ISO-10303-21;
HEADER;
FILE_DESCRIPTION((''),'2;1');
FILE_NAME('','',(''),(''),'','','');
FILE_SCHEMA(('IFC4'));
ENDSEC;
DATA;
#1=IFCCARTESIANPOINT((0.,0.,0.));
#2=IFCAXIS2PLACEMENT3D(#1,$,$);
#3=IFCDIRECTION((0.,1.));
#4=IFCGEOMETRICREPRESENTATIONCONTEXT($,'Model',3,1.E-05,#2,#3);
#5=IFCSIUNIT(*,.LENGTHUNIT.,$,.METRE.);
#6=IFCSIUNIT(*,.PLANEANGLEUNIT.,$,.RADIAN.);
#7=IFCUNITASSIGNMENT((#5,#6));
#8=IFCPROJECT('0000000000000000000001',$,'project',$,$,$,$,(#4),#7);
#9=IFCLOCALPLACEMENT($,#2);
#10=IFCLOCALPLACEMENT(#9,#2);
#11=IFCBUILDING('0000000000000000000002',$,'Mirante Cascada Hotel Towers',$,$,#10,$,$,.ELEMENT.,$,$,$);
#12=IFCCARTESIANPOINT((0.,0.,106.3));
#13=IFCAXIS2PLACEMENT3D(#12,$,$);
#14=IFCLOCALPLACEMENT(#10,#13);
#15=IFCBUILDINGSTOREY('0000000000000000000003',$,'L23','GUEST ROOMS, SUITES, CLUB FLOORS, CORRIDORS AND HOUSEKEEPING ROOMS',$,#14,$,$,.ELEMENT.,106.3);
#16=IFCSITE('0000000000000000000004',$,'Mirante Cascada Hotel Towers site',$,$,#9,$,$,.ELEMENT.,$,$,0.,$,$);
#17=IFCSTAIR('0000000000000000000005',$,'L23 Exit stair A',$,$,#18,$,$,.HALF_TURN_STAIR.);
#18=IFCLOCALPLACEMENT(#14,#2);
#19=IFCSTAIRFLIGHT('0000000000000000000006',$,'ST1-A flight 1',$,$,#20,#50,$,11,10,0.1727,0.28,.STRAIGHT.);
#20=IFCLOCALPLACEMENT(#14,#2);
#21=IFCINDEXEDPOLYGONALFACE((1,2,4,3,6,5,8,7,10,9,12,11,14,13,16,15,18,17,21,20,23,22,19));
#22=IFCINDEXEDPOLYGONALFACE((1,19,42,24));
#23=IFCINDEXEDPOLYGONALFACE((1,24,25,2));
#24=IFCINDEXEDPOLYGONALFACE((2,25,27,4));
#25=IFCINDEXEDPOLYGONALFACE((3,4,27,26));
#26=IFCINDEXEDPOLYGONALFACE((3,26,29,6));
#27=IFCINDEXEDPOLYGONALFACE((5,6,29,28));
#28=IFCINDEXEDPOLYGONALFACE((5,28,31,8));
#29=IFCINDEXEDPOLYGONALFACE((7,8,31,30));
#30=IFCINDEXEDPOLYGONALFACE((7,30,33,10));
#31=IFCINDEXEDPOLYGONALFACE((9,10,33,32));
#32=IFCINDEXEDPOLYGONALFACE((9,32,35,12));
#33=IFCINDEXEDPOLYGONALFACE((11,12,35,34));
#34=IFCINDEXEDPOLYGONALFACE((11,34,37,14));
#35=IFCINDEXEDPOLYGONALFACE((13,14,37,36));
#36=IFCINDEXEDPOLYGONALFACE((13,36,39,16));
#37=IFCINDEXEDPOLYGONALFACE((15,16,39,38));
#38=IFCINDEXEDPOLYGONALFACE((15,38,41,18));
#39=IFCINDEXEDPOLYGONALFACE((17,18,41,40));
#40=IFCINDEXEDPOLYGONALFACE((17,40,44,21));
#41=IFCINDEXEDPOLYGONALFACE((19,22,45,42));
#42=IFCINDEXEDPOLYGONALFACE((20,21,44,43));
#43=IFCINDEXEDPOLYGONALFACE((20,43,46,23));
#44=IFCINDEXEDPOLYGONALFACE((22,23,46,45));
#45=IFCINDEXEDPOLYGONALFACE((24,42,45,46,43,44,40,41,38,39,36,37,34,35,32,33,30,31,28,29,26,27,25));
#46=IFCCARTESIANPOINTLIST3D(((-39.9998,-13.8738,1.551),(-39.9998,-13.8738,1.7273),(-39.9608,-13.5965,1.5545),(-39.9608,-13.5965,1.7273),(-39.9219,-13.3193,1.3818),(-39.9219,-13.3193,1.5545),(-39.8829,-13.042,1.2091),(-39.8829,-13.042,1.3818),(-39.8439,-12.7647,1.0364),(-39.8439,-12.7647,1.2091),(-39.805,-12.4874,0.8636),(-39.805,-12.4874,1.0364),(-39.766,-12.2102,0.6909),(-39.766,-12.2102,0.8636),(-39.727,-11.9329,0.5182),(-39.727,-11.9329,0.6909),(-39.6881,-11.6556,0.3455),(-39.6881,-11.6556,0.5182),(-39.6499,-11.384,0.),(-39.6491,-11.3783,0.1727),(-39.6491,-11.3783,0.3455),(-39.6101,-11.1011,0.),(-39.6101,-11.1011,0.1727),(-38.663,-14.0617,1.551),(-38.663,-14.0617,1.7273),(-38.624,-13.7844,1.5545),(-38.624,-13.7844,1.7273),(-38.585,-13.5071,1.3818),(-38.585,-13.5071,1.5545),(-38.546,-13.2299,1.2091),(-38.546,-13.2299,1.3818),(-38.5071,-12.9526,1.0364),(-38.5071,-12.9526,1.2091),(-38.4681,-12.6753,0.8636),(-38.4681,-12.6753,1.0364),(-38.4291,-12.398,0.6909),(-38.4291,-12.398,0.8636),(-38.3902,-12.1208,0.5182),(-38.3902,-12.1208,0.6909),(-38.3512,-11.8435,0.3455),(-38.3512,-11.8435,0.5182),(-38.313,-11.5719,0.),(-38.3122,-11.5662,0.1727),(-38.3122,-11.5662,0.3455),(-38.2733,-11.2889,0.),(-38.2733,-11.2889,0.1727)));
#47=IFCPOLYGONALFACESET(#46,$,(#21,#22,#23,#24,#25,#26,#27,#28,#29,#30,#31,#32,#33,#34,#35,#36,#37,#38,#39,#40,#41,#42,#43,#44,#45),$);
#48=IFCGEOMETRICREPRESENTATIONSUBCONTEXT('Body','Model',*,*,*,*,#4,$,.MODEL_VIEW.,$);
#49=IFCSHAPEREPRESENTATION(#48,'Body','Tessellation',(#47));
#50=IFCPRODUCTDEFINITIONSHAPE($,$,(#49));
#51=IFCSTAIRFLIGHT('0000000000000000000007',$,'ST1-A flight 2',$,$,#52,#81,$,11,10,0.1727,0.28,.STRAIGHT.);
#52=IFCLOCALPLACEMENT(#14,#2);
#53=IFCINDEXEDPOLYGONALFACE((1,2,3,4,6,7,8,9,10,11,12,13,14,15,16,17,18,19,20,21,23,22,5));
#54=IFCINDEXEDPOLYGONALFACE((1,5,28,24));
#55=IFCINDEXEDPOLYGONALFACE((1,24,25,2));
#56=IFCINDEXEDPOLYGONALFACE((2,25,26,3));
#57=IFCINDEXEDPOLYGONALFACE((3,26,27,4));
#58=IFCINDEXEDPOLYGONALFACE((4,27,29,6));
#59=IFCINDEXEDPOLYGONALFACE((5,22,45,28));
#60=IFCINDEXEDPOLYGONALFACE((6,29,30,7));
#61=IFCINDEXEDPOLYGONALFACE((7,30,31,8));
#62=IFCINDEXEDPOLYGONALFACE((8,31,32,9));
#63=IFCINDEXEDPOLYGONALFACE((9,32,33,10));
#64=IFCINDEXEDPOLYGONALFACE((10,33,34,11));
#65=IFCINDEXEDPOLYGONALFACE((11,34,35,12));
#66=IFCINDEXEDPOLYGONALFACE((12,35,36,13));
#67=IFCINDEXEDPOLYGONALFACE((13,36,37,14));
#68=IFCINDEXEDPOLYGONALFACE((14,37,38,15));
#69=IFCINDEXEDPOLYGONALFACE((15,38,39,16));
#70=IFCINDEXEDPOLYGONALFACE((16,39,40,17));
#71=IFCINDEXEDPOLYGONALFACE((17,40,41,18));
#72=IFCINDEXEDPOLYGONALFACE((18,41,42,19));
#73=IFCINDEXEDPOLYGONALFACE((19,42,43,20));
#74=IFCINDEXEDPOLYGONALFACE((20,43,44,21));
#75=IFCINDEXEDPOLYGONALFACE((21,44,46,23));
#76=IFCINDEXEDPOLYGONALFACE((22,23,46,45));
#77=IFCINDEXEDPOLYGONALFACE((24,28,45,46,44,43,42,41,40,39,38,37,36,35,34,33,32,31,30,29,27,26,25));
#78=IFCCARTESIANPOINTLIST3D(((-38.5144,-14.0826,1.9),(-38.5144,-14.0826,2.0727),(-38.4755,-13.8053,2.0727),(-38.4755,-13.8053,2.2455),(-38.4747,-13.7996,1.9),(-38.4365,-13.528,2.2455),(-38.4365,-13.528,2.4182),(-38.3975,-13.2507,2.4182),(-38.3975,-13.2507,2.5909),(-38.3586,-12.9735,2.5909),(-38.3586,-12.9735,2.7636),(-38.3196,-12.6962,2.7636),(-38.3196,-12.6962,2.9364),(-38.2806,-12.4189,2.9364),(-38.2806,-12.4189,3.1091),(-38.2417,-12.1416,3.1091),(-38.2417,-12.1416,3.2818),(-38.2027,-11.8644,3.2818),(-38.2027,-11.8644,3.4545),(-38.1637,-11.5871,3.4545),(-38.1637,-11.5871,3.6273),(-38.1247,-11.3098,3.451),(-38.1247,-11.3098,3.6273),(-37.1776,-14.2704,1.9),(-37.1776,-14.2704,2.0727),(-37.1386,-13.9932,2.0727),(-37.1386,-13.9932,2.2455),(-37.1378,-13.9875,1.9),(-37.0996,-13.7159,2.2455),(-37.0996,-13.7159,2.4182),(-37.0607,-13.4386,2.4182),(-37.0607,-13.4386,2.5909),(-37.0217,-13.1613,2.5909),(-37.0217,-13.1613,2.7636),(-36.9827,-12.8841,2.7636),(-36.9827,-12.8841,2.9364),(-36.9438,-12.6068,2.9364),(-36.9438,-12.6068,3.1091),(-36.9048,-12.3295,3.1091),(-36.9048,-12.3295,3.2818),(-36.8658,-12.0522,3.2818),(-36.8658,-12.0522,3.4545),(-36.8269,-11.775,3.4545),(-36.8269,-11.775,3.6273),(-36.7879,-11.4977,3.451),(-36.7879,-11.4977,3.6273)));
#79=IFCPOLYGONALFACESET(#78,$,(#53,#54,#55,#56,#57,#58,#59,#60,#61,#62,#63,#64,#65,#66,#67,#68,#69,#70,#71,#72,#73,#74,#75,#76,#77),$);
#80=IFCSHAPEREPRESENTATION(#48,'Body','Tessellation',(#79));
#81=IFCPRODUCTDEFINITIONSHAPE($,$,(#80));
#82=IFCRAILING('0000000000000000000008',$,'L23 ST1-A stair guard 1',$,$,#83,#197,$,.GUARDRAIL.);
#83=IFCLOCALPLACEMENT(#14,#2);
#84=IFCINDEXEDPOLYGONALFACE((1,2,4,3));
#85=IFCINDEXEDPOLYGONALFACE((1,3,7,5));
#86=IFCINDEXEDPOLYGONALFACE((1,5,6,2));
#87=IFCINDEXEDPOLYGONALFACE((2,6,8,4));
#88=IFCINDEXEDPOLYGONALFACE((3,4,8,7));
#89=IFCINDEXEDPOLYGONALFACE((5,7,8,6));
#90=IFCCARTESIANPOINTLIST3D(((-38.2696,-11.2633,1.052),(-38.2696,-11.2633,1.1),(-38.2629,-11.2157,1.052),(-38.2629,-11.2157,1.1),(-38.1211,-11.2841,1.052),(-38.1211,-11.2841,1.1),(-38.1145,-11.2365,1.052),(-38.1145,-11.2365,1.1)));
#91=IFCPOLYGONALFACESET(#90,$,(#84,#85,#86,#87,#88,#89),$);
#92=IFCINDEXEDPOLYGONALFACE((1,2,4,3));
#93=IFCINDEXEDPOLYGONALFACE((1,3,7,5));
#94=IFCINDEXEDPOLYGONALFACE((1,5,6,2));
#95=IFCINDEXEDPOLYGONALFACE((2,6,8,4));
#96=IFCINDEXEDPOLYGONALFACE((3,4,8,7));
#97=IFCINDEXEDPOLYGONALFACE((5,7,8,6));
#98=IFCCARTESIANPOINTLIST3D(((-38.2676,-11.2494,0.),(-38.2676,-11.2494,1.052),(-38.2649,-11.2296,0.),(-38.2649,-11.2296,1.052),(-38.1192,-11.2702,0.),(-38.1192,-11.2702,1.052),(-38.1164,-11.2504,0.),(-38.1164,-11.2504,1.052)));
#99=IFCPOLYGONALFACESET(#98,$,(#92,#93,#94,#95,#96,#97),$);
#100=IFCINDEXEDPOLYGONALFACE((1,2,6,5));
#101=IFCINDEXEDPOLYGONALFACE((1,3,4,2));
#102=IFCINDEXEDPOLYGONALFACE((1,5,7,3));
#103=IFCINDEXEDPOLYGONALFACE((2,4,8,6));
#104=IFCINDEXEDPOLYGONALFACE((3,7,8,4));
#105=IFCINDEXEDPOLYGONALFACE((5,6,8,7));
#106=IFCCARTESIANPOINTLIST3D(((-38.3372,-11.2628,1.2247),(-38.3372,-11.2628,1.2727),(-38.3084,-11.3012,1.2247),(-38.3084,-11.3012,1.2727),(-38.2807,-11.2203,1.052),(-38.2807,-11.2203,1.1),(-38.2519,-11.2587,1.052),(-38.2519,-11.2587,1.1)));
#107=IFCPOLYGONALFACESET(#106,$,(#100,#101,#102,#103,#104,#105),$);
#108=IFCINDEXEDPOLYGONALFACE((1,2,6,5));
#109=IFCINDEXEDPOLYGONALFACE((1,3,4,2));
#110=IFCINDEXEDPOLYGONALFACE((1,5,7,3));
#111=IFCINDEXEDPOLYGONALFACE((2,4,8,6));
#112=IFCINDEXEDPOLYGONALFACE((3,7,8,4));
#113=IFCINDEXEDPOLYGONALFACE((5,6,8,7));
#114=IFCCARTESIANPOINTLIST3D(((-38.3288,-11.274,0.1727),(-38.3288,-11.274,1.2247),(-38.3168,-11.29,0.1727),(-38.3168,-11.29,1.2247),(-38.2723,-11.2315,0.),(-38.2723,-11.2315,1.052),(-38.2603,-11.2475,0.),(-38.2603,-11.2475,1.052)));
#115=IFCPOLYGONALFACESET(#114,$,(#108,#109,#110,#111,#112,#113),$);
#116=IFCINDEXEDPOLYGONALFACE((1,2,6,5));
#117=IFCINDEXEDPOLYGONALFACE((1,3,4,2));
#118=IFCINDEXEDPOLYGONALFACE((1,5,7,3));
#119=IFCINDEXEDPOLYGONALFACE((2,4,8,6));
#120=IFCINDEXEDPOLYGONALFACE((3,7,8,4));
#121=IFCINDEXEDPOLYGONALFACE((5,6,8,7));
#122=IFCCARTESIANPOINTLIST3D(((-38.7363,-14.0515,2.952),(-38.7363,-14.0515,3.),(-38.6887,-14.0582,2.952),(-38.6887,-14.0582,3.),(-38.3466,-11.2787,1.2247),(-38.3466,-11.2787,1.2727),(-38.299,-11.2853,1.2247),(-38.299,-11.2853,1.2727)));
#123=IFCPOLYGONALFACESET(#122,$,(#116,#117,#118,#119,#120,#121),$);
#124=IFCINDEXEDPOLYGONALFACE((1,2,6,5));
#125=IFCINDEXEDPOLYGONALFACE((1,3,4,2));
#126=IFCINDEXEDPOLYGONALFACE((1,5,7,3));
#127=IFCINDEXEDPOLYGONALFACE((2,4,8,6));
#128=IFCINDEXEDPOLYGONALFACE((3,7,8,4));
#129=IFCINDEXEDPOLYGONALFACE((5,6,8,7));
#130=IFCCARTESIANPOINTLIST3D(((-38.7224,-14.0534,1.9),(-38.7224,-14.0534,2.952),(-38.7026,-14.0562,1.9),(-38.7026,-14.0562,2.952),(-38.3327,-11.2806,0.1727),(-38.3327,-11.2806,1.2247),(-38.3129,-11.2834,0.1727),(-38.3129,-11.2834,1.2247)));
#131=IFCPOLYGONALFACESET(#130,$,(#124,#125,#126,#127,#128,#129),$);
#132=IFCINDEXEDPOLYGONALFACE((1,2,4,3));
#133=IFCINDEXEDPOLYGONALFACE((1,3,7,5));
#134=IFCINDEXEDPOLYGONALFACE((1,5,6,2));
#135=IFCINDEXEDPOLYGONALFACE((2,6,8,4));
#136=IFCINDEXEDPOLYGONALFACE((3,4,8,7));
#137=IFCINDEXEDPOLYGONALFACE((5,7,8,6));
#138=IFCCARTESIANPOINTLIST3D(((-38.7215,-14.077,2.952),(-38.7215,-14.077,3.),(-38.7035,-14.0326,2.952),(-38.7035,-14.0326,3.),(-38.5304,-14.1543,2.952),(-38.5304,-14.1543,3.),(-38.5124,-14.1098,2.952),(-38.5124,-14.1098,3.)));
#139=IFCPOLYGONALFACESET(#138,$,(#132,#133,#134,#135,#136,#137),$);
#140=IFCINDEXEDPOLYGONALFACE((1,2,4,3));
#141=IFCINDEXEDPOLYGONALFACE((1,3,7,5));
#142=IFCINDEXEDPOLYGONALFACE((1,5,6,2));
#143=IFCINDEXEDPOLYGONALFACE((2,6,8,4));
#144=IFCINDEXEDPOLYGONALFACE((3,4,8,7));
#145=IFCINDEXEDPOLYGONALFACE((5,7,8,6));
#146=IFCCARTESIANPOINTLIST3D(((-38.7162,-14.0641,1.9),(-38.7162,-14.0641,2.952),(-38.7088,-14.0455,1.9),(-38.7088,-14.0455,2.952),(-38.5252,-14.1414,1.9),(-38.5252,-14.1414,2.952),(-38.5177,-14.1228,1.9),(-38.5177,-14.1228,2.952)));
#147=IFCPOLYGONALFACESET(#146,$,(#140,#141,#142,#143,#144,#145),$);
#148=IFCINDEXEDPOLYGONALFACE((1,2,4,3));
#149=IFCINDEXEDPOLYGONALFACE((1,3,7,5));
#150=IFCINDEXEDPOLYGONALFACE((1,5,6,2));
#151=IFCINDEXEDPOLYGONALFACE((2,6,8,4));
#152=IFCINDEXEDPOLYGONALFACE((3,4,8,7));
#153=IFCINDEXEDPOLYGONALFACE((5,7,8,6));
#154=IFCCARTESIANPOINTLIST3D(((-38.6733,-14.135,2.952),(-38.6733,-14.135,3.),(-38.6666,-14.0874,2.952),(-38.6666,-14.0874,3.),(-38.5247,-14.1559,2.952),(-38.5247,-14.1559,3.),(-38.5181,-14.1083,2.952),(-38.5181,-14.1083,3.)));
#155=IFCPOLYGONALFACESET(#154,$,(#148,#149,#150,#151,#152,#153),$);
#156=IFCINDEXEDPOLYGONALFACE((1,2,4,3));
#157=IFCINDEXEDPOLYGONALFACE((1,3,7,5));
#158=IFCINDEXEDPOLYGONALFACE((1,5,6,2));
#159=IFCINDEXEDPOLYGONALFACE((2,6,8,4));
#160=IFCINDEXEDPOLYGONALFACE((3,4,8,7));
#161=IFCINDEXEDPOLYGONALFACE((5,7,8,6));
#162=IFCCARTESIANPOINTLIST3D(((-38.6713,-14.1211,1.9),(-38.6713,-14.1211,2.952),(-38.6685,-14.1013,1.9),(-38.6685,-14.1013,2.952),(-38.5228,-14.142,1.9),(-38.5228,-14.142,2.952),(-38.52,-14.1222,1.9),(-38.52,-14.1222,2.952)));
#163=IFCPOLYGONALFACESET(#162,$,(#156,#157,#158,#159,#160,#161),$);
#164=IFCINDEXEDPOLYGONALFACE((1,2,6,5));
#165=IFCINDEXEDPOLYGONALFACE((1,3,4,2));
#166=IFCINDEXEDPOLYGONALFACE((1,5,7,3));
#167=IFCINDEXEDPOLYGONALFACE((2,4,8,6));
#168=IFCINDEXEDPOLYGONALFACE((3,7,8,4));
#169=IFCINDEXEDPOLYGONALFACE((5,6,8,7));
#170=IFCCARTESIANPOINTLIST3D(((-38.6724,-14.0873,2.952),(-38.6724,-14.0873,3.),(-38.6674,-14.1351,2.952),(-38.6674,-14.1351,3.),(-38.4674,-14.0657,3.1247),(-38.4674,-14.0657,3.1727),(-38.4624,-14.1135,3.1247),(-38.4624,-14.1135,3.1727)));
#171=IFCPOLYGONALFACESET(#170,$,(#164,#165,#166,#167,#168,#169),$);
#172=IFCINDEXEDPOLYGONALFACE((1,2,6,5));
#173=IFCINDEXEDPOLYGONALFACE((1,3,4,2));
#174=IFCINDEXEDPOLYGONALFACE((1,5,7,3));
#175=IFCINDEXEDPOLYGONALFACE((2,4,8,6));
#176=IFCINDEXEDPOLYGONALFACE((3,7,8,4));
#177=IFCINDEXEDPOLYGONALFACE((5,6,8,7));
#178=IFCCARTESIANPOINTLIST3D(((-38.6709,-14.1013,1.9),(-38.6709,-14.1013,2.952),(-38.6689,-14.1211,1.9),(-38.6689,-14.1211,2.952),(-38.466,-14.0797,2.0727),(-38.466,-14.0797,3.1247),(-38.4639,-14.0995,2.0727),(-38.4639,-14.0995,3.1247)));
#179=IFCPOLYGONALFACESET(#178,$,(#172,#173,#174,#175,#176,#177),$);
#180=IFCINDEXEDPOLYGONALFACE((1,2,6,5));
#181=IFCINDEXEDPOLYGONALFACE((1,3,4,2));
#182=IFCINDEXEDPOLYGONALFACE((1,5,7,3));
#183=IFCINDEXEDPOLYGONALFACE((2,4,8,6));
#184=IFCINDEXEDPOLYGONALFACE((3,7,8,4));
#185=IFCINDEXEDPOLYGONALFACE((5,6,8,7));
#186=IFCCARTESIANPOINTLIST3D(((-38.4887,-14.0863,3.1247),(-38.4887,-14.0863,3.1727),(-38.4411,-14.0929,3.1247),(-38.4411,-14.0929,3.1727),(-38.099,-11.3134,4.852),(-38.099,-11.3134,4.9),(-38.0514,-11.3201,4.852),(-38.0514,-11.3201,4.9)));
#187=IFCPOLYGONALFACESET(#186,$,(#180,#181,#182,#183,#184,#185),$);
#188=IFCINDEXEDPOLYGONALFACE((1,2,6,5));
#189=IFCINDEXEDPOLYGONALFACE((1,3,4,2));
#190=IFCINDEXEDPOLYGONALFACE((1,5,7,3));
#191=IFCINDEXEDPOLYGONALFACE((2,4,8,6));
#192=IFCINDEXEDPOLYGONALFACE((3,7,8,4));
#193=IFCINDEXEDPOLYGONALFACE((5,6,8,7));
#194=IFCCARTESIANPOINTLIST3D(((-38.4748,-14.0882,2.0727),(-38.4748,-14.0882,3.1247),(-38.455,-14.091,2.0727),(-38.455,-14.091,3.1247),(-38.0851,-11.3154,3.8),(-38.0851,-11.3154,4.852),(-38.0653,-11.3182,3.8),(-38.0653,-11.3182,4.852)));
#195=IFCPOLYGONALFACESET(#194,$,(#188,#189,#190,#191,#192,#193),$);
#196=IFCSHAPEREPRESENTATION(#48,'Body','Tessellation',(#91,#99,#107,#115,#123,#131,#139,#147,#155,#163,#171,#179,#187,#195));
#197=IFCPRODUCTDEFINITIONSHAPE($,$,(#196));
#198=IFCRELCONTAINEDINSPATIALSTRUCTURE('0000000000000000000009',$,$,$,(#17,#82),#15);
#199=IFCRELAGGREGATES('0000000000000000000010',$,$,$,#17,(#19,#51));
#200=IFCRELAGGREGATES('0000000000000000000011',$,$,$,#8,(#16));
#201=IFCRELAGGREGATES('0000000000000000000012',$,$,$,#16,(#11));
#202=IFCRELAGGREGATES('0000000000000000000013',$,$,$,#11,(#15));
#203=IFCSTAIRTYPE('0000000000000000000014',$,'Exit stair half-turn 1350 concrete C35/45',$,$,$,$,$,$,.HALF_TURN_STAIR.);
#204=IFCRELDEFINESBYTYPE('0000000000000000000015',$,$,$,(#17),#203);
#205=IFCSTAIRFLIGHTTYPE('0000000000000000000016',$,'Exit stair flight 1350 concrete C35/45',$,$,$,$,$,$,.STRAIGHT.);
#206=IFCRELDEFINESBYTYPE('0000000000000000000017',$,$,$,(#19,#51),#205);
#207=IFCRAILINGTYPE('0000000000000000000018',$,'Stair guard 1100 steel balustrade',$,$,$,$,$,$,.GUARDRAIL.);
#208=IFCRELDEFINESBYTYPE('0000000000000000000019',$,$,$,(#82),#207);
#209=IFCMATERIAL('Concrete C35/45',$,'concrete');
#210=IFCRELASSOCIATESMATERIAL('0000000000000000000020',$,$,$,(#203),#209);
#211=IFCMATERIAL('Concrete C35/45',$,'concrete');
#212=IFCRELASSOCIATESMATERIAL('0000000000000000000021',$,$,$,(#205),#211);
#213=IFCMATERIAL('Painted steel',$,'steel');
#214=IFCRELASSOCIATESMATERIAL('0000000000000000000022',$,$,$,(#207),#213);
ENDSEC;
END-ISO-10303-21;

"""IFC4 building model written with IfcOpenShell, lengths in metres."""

from ifc_helpers import new_model, si_unit, direction, frame, origin, origin_2d, place, context, subcontext, project, spatial, polyline, rectangle, outline, extrude, material, type_object, element, aggregate, save


model = new_model("IFC4")

# Units and contexts
model_context = context("Model", 3, precision=1e-05, world=origin(), true_north=direction((0.0, 1.0)))
body_context = subcontext(model_context, "Body", "Model", "MODEL_VIEW")
ifc_project = project(units=[si_unit("LENGTHUNIT", "METRE"), si_unit("PLANEANGLEUNIT", "RADIAN")], contexts=[model_context])

# Site, building, storey
site_placement = place(None, origin())
site = spatial("IfcSite", under=ifc_project, at=site_placement, Name="Mirante Cascada Hotel Towers site", CompositionType="ELEMENT", RefElevation=0.0)
building_placement = place(site_placement, origin())
building = spatial("IfcBuilding", under=site, at=building_placement, Name="Mirante Cascada Hotel Towers", CompositionType="ELEMENT")
storey_placement = place(building_placement, frame((0.0, 0.0, 106.3)))
storey = spatial("IfcBuildingStorey", under=building, at=storey_placement, Name="L23", Description="GUEST ROOMS, SUITES, CLUB FLOORS, CORRIDORS AND HOUSEKEEPING ROOMS", CompositionType="ELEMENT", Elevation=106.3)

# Stair, stair flights
ifc_material_1 = material(Name="Concrete C35/45", Category="concrete")
stair_type = type_object("IfcStairType", Name="Exit stair half-turn 1350 concrete C35/45", PredefinedType="HALF_TURN_STAIR", material=ifc_material_1)
stair_placement = place(storey_placement, origin())
stair = element("IfcStair", 1, at=stair_placement, inside=storey, type_object=stair_type, Name="L23 Exit stair A", PredefinedType="HALF_TURN_STAIR")
ifc_material_2 = material(Name="Concrete C35/45", Category="concrete")
stair_flight_type = type_object("IfcStairFlightType", Name="Exit stair flight 1350 concrete C35/45", PredefinedType="STRAIGHT", material=ifc_material_2)
stair_flight_1_placement = place(storey_placement, frame((-38.9417, -11.195, 0.0), z_axis=(0.0, 0.0, 1.0), x_axis=(-0.139173, -0.990268, 0.0)))
stair_flight_1 = element("IfcStairFlight", 2, at=stair_flight_1_placement, type_object=stair_flight_type, Name="ST1-A flight 1", NumberOfRisers=11, NumberOfTreads=10, PredefinedType="STRAIGHT", RiserHeight=0.1727, TreadLength=0.28, context=body_context, shape_type="SweptSolid", body=[
    extrude(outline(polyline([(0.0, 0.0), (0.0, 0.1727), (0.28, 0.1727), (0.28, 0.3455), (0.56, 0.3455), (0.56, 0.5182), (0.84, 0.5182), (0.84, 0.6909), (1.12, 0.6909), (1.12, 0.8636), (1.4, 0.8636), (1.4, 1.0364), (1.68, 1.0364), (1.68, 1.2091), (1.96, 1.2091), (1.96, 1.3818), (2.24, 1.3818), (2.24, 1.5545), (2.52, 1.5545), (2.52, 1.7273), (2.8, 1.7273), (2.8, 1.9), (2.8, 1.551), (0.2857, 0.0), (0.0, 0.0)])), frame((0.0, 0.675, 0.0), z_axis=(0.0, -1.0, 0.0), x_axis=(1.0, 0.0, 0.0)), (0.0, 0.0, 1.0), 1.35),
])
stair_flight_2_placement = place(storey_placement, frame((-37.846, -14.1765, 1.9), z_axis=(0.0, 0.0, 1.0), x_axis=(0.139173, 0.990268, 0.0)))
stair_flight_2 = element("IfcStairFlight", 3, at=stair_flight_2_placement, type_object=stair_flight_type, Name="ST1-A flight 2", NumberOfRisers=11, NumberOfTreads=10, PredefinedType="STRAIGHT", RiserHeight=0.1727, TreadLength=0.28, context=body_context, shape_type="SweptSolid", body=[
    extrude(outline(polyline([(0.0, 0.0), (0.0, 0.1727), (0.28, 0.1727), (0.28, 0.3455), (0.56, 0.3455), (0.56, 0.5182), (0.84, 0.5182), (0.84, 0.6909), (1.12, 0.6909), (1.12, 0.8636), (1.4, 0.8636), (1.4, 1.0364), (1.68, 1.0364), (1.68, 1.2091), (1.96, 1.2091), (1.96, 1.3818), (2.24, 1.3818), (2.24, 1.5545), (2.52, 1.5545), (2.52, 1.7273), (2.8, 1.7273), (2.8, 1.9), (2.8, 1.551), (0.2857, 0.0), (0.0, 0.0)])), frame((0.0, 0.675, 0.0), z_axis=(0.0, -1.0, 0.0), x_axis=(1.0, 0.0, 0.0)), (0.0, 0.0, 1.0), 1.35),
])
aggregate(stair, [stair_flight_1, stair_flight_2])

# Railing
ifc_material_3 = material(Name="Painted steel", Category="steel")
railing_type_1 = type_object("IfcRailingType", Name="Stair guard 1100 steel balustrade", PredefinedType="GUARDRAIL", material=ifc_material_3)
railing_1_placement = place(storey_placement, frame((-38.1178, -11.2603, 0.0)))
element("IfcRailing", 4, at=railing_1_placement, inside=storey, type_object=railing_type_1, Name="L23 ST1-A stair guard 1", PredefinedType="GUARDRAIL", context=body_context, shape_type="SweptSolid", body=[
    extrude(rectangle(XDim=0.048, YDim=0.048, at=origin_2d()), frame((0.0, 0.0, 1.076), z_axis=(-0.990333, 0.138713, 0.0), x_axis=(-0.138713, -0.990333, 0.0)), (0.0, 0.0, 1.0), 0.1499),
    extrude(rectangle(XDim=0.02, YDim=1.052, at=origin_2d()), frame((0.0, 0.0, 0.526), z_axis=(-0.990333, 0.138713, 0.0), x_axis=(-0.138713, -0.990333, 0.0)), (0.0, 0.0, 1.0), 0.1499),
    extrude(rectangle(XDim=0.048, YDim=0.048, at=origin_2d()), frame((-0.1485, 0.0208, 1.076), z_axis=(-0.79915, -0.601131, 0.0), x_axis=(0.601131, -0.79915, 0.0)), (0.0, 0.925453, 0.378863), 0.1866),
    extrude(rectangle(XDim=0.02, YDim=1.052, at=origin_2d()), frame((-0.1485, 0.0208, 0.526), z_axis=(-0.79915, -0.601131, 0.0), x_axis=(0.601131, -0.79915, 0.0)), (0.0, 0.925453, 0.378863), 0.1866),
    extrude(rectangle(XDim=0.048, YDim=0.048, at=origin_2d()), frame((-0.205, -0.0217, 1.2487), z_axis=(-0.139176, -0.990268, 0.0), x_axis=(0.990268, -0.139176, 0.0)), (0.0, 0.525021, 0.851089), 3.29),
    extrude(rectangle(XDim=0.02, YDim=1.052, at=origin_2d()), frame((-0.205, -0.0217, 0.6987), z_axis=(-0.139176, -0.990268, 0.0), x_axis=(0.990268, -0.139176, 0.0)), (0.0, 0.525021, 0.851089), 3.29),
    extrude(rectangle(XDim=0.048, YDim=0.048, at=origin_2d()), frame((-0.5947, -2.7945, 2.976), z_axis=(0.927031, -0.374984, 0.0), x_axis=(0.374984, 0.927031, 0.0)), (0.0, 0.0, 1.0), 0.2061),
    extrude(rectangle(XDim=0.02, YDim=1.052, at=origin_2d()), frame((-0.5947, -2.7945, 2.426), z_axis=(0.927031, -0.374984, 0.0), x_axis=(0.374984, 0.927031, 0.0)), (0.0, 0.0, 1.0), 0.2061),
    extrude(rectangle(XDim=0.048, YDim=0.048, at=origin_2d()), frame((-0.4036, -2.8718, 2.976), z_axis=(-0.990241, 0.139367, 0.0), x_axis=(-0.139367, -0.990241, 0.0)), (0.0, 0.0, 1.0), 0.15),
    extrude(rectangle(XDim=0.02, YDim=1.052, at=origin_2d()), frame((-0.4036, -2.8718, 2.426), z_axis=(-0.990241, 0.139367, 0.0), x_axis=(-0.139367, -0.990241, 0.0)), (0.0, 0.0, 1.0), 0.15),
    extrude(rectangle(XDim=0.048, YDim=0.048, at=origin_2d()), frame((-0.5521, -2.8509, 2.976), z_axis=(0.994495, 0.104786, 0.0), x_axis=(-0.104786, 0.994495, 0.0)), (0.0, 0.642203, 0.766534), 0.2689),
    extrude(rectangle(XDim=0.02, YDim=1.052, at=origin_2d()), frame((-0.5521, -2.8509, 2.426), z_axis=(0.994495, 0.104786, 0.0), x_axis=(-0.104786, 0.994495, 0.0)), (0.0, 0.642203, 0.766534), 0.2689),
    extrude(rectangle(XDim=0.048, YDim=0.048, at=origin_2d()), frame((-0.3471, -2.8293, 3.1487), z_axis=(0.139176, 0.990268, 0.0), x_axis=(-0.990268, 0.139176, 0.0)), (0.0, 0.525021, 0.851089), 3.29),
    extrude(rectangle(XDim=0.02, YDim=1.052, at=origin_2d()), frame((-0.3471, -2.8293, 2.5987), z_axis=(0.139176, 0.990268, 0.0), x_axis=(-0.990268, 0.139176, 0.0)), (0.0, 0.525021, 0.851089), 3.29),
])

save(model, "model.ifc")
